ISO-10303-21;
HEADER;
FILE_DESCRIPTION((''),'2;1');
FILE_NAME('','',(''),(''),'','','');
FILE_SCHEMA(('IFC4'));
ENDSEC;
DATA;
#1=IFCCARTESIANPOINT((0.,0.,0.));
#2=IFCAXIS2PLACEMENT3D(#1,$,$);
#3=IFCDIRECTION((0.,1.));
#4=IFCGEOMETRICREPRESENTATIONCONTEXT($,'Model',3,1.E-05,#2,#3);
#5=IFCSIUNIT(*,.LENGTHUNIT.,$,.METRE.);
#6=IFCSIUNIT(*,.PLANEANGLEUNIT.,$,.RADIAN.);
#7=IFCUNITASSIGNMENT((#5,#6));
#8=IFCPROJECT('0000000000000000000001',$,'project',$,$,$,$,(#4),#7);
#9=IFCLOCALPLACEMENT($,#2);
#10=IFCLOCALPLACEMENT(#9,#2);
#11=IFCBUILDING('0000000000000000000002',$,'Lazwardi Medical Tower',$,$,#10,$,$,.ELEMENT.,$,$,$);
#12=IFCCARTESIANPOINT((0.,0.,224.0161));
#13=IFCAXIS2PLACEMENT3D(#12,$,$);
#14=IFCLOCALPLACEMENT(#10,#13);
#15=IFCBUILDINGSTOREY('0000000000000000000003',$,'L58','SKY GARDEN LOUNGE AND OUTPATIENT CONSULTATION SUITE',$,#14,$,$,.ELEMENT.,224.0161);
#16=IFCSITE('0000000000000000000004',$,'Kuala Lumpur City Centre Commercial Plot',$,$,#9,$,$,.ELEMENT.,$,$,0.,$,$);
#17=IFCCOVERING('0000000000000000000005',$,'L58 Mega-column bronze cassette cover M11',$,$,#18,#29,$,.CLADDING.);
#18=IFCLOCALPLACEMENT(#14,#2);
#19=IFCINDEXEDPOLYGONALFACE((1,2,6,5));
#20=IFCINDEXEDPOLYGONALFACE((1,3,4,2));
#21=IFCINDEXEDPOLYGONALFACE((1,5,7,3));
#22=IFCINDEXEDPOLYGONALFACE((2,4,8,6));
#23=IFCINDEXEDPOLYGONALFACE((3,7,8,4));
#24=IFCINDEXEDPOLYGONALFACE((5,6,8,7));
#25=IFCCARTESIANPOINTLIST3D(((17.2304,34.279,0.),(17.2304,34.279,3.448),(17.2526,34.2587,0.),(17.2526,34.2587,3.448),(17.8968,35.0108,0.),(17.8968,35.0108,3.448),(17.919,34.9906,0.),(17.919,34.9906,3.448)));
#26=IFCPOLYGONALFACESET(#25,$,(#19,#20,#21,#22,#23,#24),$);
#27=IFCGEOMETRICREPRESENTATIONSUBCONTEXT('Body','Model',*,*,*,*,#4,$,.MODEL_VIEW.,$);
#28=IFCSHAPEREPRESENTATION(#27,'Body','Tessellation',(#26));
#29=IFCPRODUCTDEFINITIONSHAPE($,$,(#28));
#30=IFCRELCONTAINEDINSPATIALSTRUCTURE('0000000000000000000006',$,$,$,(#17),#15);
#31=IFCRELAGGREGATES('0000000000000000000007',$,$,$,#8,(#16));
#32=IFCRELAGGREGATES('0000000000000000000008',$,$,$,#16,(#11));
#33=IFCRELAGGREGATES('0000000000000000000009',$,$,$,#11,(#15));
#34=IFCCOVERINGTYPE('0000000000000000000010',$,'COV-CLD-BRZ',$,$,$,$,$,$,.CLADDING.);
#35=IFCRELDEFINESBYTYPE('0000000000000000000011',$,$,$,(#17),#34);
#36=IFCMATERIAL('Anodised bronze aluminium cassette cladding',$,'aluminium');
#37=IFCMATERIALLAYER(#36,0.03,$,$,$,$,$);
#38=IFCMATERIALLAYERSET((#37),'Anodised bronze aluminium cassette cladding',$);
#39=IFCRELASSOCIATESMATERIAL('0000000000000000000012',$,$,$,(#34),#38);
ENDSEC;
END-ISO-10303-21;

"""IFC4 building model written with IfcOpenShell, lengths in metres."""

from ifc_helpers import new_model, si_unit, direction, frame, origin, origin_2d, place, context, subcontext, project, spatial, rectangle, extrude, material, layer, layer_set, type_object, element, save


model = new_model("IFC4")

# Units and contexts
model_context = context("Model", 3, precision=1e-05, world=origin(), true_north=direction((0.0, 1.0)))
body_context = subcontext(model_context, "Body", "Model", "MODEL_VIEW")
ifc_project = project(units=[si_unit("LENGTHUNIT", "METRE"), si_unit("PLANEANGLEUNIT", "RADIAN")], contexts=[model_context])

# Site, building, storey
site_placement = place(None, origin())
site = spatial("IfcSite", under=ifc_project, at=site_placement, Name="Kuala Lumpur City Centre Commercial Plot", CompositionType="ELEMENT", RefElevation=0.0)
building_placement = place(site_placement, origin())
building = spatial("IfcBuilding", under=site, at=building_placement, Name="Lazwardi Medical Tower", CompositionType="ELEMENT")
storey_placement = place(building_placement, frame((0.0, 0.0, 224.0161)))
storey = spatial("IfcBuildingStorey", under=building, at=storey_placement, Name="L58", Description="SKY GARDEN LOUNGE AND OUTPATIENT CONSULTATION SUITE", CompositionType="ELEMENT", Elevation=224.0161)

# Covering
ifc_material_1 = material(Name="Anodised bronze aluminium cassette cladding", Category="aluminium")
ifc_layer_1 = layer(ifc_material_1, 0.03)
ifc_layer_set_1 = layer_set([ifc_layer_1], Name="Anodised bronze aluminium cassette cladding")
covering_type = type_object("IfcCoveringType", Name="COV-CLD-BRZ", PredefinedType="CLADDING", material=ifc_layer_set_1)
covering_1_placement = place(storey_placement, frame((17.5747, 34.6348, 0.0), z_axis=(0.0, 0.0, 1.0), x_axis=(-0.673241, -0.739423, 0.0)))
element("IfcCovering", 1, at=covering_1_placement, inside=storey, type_object=covering_type, Name="L58 Mega-column bronze cassette cover M11", PredefinedType="CLADDING", context=body_context, shape_type="SweptSolid", body=[
    extrude(rectangle(XDim=0.9897, YDim=0.03, at=origin_2d()), origin(), (0.0, 0.0, 1.0), 3.448),
])

save(model, "model.ifc")
